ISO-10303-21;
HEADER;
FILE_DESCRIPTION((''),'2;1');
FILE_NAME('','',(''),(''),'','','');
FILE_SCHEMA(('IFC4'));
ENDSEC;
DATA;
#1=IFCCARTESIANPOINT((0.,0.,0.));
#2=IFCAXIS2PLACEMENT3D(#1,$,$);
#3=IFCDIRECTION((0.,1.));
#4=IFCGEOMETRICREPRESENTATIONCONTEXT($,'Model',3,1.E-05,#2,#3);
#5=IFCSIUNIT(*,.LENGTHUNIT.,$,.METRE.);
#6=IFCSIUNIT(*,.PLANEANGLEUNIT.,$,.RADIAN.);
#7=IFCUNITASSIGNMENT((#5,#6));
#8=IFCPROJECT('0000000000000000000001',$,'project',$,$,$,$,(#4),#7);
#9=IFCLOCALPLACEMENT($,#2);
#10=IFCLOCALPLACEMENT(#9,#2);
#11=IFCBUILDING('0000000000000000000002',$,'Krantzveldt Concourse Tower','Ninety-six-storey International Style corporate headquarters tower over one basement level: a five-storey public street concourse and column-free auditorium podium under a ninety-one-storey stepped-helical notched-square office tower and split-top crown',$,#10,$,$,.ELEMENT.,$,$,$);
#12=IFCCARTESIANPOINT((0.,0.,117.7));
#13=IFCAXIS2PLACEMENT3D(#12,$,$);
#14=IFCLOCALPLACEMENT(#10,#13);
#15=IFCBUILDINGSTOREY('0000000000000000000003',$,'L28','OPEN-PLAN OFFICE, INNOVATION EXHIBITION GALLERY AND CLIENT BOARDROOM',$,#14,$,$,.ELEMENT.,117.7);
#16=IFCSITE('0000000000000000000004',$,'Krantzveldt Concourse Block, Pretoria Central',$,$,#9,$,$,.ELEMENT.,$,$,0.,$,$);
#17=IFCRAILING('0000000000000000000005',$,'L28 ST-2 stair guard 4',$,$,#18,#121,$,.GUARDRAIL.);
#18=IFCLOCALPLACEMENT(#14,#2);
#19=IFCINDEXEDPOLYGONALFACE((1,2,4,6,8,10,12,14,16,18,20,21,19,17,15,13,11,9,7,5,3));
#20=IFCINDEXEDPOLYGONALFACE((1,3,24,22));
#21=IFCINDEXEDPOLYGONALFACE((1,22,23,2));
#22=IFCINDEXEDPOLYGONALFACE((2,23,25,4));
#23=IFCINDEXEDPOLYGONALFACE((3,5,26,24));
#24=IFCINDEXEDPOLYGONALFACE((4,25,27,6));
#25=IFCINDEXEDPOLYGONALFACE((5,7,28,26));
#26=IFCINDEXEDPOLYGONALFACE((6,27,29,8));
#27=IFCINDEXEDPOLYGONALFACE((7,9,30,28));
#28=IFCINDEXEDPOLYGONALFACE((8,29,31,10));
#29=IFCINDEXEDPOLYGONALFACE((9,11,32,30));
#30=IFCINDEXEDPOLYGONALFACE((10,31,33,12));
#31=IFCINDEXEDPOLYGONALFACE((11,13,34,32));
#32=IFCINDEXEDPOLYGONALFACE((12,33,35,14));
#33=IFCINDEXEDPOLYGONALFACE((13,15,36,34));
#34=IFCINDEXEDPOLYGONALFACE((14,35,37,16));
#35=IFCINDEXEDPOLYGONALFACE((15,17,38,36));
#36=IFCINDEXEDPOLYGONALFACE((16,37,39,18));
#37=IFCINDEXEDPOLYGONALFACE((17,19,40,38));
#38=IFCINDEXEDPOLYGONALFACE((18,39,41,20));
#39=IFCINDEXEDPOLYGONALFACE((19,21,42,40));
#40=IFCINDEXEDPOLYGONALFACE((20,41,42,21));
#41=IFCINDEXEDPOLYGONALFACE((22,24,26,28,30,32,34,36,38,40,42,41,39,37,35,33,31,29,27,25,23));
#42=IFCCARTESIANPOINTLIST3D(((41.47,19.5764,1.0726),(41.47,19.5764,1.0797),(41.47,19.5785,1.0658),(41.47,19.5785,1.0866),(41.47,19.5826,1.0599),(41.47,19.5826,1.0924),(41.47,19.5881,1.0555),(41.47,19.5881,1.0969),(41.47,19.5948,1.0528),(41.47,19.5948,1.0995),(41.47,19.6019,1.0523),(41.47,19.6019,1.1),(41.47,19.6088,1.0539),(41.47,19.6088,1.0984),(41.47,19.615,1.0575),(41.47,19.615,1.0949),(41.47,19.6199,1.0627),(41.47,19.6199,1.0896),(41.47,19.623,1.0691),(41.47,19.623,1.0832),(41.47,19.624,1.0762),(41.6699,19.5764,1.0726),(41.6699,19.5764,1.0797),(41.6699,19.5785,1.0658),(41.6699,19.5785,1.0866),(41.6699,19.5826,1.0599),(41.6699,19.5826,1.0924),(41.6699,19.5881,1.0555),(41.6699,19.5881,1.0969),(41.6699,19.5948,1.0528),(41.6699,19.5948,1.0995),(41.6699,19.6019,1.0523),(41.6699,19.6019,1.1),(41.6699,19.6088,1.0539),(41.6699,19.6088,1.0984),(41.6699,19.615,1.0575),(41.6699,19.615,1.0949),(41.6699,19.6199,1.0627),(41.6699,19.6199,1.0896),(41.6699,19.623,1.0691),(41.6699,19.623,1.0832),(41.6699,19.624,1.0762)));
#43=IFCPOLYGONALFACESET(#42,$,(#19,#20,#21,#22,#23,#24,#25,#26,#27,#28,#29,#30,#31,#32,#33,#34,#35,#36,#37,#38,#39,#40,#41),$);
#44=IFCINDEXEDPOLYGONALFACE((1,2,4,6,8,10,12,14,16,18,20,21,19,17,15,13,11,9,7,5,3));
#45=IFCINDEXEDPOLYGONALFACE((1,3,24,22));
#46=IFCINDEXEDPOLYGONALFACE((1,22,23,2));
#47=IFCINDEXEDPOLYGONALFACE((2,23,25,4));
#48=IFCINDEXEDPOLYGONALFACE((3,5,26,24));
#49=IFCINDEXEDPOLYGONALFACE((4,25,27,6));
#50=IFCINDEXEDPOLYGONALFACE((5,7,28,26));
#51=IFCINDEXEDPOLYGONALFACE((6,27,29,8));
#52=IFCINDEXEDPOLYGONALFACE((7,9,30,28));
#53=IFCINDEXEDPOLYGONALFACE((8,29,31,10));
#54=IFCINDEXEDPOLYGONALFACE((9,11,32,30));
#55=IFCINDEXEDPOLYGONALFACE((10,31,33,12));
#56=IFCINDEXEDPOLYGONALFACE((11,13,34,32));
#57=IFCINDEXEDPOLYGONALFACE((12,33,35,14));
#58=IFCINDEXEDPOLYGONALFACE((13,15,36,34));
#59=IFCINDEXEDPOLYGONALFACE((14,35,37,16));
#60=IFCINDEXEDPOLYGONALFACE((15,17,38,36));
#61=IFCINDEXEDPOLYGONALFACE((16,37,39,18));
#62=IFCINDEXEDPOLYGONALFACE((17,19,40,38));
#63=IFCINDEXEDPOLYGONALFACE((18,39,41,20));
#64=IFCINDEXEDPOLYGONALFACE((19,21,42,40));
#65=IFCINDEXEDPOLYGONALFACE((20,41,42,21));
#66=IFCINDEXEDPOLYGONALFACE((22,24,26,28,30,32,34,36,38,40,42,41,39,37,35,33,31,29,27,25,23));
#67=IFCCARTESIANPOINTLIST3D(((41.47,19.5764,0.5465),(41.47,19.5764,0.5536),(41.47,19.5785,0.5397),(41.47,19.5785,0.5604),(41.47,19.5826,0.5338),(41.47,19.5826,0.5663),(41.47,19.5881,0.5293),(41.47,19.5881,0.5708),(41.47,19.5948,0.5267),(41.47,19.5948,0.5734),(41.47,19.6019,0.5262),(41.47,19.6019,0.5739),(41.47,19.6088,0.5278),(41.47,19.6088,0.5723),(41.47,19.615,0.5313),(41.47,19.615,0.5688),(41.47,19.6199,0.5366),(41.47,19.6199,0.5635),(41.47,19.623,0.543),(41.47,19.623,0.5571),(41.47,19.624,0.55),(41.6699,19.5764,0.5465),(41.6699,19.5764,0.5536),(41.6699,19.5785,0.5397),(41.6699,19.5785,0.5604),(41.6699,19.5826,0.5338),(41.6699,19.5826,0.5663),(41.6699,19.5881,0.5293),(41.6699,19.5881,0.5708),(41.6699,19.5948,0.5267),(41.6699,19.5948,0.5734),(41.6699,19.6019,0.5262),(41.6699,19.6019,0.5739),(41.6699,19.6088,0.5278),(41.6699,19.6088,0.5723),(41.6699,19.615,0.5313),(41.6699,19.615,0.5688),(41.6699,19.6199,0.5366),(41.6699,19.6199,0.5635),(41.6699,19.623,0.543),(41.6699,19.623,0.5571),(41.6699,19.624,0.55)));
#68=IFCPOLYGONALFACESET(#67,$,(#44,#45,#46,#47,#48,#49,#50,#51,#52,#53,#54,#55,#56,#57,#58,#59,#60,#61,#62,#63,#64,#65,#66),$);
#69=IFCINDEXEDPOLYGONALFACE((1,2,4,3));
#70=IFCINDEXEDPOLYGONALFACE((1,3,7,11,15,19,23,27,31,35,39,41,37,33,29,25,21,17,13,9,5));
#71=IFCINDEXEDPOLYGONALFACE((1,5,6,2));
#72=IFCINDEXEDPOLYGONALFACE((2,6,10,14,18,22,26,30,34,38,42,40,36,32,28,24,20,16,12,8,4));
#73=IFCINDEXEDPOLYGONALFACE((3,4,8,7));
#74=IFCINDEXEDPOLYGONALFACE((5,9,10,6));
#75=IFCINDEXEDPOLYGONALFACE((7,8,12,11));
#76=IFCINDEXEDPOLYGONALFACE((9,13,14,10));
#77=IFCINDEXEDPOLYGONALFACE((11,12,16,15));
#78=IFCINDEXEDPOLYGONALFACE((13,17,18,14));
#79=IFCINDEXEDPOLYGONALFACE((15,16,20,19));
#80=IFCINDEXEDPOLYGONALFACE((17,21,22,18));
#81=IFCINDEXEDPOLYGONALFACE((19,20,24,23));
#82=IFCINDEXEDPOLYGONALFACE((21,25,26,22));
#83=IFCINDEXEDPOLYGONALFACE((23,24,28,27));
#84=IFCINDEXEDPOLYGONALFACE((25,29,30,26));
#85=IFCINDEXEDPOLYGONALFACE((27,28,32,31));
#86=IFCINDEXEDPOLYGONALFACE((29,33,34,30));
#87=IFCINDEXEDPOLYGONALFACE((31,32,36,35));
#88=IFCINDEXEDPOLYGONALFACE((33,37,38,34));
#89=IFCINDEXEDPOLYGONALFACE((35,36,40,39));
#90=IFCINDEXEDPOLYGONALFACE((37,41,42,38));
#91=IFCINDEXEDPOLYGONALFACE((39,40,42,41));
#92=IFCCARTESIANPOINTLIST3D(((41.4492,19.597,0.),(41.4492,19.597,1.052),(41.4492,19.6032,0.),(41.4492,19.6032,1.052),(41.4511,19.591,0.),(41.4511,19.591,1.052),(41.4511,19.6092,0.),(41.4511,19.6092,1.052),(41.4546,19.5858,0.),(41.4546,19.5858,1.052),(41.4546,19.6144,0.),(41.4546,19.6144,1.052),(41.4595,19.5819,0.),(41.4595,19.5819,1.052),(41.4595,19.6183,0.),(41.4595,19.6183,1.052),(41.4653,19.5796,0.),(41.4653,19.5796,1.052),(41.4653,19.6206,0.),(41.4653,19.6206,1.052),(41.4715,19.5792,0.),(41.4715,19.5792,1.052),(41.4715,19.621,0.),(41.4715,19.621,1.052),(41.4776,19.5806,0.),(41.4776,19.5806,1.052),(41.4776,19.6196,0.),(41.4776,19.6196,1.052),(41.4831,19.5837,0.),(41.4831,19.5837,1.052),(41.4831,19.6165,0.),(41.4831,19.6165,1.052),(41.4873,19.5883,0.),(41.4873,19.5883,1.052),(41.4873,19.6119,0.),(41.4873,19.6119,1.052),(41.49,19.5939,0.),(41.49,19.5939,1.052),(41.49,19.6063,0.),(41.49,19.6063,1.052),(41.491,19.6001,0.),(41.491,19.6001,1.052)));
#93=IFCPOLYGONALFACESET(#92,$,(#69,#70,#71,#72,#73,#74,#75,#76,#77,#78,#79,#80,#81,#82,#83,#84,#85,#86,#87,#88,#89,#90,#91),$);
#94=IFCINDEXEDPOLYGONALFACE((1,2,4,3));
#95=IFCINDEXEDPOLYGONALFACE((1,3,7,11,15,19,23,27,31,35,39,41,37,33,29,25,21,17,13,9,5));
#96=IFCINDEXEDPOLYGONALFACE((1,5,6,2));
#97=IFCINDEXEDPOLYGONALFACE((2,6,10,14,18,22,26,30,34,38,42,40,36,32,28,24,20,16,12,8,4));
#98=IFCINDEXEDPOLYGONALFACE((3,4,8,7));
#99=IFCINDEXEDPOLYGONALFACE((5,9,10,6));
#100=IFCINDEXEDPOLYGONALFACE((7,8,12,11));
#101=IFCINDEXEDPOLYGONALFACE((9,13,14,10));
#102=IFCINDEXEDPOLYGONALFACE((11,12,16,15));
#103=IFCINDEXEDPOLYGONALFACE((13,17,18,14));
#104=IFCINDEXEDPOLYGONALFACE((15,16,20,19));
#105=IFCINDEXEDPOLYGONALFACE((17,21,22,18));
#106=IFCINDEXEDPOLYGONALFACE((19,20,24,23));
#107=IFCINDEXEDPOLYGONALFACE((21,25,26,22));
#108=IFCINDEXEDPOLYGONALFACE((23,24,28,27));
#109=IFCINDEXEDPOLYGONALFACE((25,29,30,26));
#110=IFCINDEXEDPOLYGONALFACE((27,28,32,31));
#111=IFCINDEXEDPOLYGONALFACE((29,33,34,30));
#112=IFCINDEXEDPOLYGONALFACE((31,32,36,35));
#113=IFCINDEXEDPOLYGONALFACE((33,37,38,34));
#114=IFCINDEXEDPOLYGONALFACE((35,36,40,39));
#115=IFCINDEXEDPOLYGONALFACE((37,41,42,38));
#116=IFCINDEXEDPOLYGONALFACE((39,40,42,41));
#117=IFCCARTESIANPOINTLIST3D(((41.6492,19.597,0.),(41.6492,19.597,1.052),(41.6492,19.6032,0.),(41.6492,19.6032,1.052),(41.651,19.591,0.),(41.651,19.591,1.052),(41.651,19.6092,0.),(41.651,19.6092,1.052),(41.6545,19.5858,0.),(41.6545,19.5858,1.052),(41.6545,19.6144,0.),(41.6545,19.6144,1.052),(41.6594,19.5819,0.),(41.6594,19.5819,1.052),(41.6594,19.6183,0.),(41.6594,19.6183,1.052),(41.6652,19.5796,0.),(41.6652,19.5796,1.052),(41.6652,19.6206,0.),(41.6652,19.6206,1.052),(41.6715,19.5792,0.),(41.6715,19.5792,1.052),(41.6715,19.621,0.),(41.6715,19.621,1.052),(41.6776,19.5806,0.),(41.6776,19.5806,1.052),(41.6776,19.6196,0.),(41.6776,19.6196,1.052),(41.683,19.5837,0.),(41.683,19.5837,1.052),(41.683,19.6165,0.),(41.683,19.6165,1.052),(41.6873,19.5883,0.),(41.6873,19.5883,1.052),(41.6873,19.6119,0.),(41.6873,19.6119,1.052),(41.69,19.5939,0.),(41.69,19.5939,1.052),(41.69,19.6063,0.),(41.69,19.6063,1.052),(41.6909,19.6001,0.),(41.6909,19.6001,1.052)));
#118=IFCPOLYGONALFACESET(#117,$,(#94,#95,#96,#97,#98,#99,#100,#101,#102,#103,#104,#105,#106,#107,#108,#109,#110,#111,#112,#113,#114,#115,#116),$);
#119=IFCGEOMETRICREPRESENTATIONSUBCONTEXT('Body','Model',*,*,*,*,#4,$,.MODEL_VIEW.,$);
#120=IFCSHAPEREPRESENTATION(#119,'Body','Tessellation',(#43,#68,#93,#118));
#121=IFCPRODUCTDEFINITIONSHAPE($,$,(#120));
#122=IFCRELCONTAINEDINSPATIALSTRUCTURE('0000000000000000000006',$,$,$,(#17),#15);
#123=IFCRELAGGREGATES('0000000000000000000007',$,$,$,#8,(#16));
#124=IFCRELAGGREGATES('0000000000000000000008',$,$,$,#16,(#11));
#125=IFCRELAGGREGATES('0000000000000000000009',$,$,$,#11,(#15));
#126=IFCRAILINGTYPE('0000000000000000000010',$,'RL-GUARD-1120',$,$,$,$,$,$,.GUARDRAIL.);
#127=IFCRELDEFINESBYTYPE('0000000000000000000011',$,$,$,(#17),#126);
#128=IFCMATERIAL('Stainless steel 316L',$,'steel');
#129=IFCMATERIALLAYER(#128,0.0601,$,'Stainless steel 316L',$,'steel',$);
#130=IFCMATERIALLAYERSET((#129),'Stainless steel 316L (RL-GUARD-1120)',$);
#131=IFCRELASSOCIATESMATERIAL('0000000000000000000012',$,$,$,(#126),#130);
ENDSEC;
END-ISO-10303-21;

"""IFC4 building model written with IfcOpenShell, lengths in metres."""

from ifc_helpers import new_model, si_unit, direction, frame, origin, origin_2d, place, context, subcontext, project, spatial, circle, extrude, material, layer, layer_set, type_object, element, save


model = new_model("IFC4")

# Units and contexts
model_context = context("Model", 3, precision=1e-05, world=origin(), true_north=direction((0.0, 1.0)))
body_context = subcontext(model_context, "Body", "Model", "MODEL_VIEW")
ifc_project = project(units=[si_unit("LENGTHUNIT", "METRE"), si_unit("PLANEANGLEUNIT", "RADIAN")], contexts=[model_context])

# Site, building, storey
site_placement = place(None, origin())
site = spatial("IfcSite", under=ifc_project, at=site_placement, Name="Krantzveldt Concourse Block, Pretoria Central", CompositionType="ELEMENT", RefElevation=0.0)
building_placement = place(site_placement, origin())
building = spatial("IfcBuilding", under=site, at=building_placement, Name="Krantzveldt Concourse Tower", Description="Ninety-six-storey International Style corporate headquarters tower over one basement level: a five-storey public street concourse and column-free auditorium podium under a ninety-one-storey stepped-helical notched-square office tower and split-top crown", CompositionType="ELEMENT")
storey_placement = place(building_placement, frame((0.0, 0.0, 117.7)))
storey = spatial("IfcBuildingStorey", under=building, at=storey_placement, Name="L28", Description="OPEN-PLAN OFFICE, INNOVATION EXHIBITION GALLERY AND CLIENT BOARDROOM", CompositionType="ELEMENT", Elevation=117.7)

# Shared definitions
ifc_material_1 = material(Name="Stainless steel 316L", Category="steel")

# Railing
ifc_layer_1 = layer(ifc_material_1, 0.0601, Name="Stainless steel 316L", Category="steel")
ifc_layer_set_1 = layer_set([ifc_layer_1], Name="Stainless steel 316L (RL-GUARD-1120)")
railing_type_1 = type_object("IfcRailingType", Name="RL-GUARD-1120", PredefinedType="GUARDRAIL", material=ifc_layer_set_1)
railing_1_placement = place(storey_placement, frame((41.47, 19.6001, 0.0)))
element("IfcRailing", 1, at=railing_1_placement, inside=storey, type_object=railing_type_1, Name="L28 ST-2 stair guard 4", PredefinedType="GUARDRAIL", context=body_context, shape_type="SweptSolid", body=[
    extrude(circle(Radius=0.0239, at=origin_2d()), frame((0.0, 0.0, 1.0762), z_axis=(1.0, 0.0, 0.0), x_axis=(0.0, 1.0, 0.0)), (0.0, 0.0, 1.0), 0.2),
    extrude(circle(Radius=0.0239, at=origin_2d()), frame((0.0, 0.0, 0.55), z_axis=(1.0, 0.0, 0.0), x_axis=(0.0, 1.0, 0.0)), (0.0, 0.0, 1.0), 0.2),
    extrude(circle(Radius=0.021, at=origin_2d()), origin(), (0.0, 0.0, 1.0), 1.052),
    extrude(circle(Radius=0.021, at=origin_2d()), frame((0.2, 0.0, 0.0)), (0.0, 0.0, 1.0), 1.052),
])

save(model, "model.ifc")
